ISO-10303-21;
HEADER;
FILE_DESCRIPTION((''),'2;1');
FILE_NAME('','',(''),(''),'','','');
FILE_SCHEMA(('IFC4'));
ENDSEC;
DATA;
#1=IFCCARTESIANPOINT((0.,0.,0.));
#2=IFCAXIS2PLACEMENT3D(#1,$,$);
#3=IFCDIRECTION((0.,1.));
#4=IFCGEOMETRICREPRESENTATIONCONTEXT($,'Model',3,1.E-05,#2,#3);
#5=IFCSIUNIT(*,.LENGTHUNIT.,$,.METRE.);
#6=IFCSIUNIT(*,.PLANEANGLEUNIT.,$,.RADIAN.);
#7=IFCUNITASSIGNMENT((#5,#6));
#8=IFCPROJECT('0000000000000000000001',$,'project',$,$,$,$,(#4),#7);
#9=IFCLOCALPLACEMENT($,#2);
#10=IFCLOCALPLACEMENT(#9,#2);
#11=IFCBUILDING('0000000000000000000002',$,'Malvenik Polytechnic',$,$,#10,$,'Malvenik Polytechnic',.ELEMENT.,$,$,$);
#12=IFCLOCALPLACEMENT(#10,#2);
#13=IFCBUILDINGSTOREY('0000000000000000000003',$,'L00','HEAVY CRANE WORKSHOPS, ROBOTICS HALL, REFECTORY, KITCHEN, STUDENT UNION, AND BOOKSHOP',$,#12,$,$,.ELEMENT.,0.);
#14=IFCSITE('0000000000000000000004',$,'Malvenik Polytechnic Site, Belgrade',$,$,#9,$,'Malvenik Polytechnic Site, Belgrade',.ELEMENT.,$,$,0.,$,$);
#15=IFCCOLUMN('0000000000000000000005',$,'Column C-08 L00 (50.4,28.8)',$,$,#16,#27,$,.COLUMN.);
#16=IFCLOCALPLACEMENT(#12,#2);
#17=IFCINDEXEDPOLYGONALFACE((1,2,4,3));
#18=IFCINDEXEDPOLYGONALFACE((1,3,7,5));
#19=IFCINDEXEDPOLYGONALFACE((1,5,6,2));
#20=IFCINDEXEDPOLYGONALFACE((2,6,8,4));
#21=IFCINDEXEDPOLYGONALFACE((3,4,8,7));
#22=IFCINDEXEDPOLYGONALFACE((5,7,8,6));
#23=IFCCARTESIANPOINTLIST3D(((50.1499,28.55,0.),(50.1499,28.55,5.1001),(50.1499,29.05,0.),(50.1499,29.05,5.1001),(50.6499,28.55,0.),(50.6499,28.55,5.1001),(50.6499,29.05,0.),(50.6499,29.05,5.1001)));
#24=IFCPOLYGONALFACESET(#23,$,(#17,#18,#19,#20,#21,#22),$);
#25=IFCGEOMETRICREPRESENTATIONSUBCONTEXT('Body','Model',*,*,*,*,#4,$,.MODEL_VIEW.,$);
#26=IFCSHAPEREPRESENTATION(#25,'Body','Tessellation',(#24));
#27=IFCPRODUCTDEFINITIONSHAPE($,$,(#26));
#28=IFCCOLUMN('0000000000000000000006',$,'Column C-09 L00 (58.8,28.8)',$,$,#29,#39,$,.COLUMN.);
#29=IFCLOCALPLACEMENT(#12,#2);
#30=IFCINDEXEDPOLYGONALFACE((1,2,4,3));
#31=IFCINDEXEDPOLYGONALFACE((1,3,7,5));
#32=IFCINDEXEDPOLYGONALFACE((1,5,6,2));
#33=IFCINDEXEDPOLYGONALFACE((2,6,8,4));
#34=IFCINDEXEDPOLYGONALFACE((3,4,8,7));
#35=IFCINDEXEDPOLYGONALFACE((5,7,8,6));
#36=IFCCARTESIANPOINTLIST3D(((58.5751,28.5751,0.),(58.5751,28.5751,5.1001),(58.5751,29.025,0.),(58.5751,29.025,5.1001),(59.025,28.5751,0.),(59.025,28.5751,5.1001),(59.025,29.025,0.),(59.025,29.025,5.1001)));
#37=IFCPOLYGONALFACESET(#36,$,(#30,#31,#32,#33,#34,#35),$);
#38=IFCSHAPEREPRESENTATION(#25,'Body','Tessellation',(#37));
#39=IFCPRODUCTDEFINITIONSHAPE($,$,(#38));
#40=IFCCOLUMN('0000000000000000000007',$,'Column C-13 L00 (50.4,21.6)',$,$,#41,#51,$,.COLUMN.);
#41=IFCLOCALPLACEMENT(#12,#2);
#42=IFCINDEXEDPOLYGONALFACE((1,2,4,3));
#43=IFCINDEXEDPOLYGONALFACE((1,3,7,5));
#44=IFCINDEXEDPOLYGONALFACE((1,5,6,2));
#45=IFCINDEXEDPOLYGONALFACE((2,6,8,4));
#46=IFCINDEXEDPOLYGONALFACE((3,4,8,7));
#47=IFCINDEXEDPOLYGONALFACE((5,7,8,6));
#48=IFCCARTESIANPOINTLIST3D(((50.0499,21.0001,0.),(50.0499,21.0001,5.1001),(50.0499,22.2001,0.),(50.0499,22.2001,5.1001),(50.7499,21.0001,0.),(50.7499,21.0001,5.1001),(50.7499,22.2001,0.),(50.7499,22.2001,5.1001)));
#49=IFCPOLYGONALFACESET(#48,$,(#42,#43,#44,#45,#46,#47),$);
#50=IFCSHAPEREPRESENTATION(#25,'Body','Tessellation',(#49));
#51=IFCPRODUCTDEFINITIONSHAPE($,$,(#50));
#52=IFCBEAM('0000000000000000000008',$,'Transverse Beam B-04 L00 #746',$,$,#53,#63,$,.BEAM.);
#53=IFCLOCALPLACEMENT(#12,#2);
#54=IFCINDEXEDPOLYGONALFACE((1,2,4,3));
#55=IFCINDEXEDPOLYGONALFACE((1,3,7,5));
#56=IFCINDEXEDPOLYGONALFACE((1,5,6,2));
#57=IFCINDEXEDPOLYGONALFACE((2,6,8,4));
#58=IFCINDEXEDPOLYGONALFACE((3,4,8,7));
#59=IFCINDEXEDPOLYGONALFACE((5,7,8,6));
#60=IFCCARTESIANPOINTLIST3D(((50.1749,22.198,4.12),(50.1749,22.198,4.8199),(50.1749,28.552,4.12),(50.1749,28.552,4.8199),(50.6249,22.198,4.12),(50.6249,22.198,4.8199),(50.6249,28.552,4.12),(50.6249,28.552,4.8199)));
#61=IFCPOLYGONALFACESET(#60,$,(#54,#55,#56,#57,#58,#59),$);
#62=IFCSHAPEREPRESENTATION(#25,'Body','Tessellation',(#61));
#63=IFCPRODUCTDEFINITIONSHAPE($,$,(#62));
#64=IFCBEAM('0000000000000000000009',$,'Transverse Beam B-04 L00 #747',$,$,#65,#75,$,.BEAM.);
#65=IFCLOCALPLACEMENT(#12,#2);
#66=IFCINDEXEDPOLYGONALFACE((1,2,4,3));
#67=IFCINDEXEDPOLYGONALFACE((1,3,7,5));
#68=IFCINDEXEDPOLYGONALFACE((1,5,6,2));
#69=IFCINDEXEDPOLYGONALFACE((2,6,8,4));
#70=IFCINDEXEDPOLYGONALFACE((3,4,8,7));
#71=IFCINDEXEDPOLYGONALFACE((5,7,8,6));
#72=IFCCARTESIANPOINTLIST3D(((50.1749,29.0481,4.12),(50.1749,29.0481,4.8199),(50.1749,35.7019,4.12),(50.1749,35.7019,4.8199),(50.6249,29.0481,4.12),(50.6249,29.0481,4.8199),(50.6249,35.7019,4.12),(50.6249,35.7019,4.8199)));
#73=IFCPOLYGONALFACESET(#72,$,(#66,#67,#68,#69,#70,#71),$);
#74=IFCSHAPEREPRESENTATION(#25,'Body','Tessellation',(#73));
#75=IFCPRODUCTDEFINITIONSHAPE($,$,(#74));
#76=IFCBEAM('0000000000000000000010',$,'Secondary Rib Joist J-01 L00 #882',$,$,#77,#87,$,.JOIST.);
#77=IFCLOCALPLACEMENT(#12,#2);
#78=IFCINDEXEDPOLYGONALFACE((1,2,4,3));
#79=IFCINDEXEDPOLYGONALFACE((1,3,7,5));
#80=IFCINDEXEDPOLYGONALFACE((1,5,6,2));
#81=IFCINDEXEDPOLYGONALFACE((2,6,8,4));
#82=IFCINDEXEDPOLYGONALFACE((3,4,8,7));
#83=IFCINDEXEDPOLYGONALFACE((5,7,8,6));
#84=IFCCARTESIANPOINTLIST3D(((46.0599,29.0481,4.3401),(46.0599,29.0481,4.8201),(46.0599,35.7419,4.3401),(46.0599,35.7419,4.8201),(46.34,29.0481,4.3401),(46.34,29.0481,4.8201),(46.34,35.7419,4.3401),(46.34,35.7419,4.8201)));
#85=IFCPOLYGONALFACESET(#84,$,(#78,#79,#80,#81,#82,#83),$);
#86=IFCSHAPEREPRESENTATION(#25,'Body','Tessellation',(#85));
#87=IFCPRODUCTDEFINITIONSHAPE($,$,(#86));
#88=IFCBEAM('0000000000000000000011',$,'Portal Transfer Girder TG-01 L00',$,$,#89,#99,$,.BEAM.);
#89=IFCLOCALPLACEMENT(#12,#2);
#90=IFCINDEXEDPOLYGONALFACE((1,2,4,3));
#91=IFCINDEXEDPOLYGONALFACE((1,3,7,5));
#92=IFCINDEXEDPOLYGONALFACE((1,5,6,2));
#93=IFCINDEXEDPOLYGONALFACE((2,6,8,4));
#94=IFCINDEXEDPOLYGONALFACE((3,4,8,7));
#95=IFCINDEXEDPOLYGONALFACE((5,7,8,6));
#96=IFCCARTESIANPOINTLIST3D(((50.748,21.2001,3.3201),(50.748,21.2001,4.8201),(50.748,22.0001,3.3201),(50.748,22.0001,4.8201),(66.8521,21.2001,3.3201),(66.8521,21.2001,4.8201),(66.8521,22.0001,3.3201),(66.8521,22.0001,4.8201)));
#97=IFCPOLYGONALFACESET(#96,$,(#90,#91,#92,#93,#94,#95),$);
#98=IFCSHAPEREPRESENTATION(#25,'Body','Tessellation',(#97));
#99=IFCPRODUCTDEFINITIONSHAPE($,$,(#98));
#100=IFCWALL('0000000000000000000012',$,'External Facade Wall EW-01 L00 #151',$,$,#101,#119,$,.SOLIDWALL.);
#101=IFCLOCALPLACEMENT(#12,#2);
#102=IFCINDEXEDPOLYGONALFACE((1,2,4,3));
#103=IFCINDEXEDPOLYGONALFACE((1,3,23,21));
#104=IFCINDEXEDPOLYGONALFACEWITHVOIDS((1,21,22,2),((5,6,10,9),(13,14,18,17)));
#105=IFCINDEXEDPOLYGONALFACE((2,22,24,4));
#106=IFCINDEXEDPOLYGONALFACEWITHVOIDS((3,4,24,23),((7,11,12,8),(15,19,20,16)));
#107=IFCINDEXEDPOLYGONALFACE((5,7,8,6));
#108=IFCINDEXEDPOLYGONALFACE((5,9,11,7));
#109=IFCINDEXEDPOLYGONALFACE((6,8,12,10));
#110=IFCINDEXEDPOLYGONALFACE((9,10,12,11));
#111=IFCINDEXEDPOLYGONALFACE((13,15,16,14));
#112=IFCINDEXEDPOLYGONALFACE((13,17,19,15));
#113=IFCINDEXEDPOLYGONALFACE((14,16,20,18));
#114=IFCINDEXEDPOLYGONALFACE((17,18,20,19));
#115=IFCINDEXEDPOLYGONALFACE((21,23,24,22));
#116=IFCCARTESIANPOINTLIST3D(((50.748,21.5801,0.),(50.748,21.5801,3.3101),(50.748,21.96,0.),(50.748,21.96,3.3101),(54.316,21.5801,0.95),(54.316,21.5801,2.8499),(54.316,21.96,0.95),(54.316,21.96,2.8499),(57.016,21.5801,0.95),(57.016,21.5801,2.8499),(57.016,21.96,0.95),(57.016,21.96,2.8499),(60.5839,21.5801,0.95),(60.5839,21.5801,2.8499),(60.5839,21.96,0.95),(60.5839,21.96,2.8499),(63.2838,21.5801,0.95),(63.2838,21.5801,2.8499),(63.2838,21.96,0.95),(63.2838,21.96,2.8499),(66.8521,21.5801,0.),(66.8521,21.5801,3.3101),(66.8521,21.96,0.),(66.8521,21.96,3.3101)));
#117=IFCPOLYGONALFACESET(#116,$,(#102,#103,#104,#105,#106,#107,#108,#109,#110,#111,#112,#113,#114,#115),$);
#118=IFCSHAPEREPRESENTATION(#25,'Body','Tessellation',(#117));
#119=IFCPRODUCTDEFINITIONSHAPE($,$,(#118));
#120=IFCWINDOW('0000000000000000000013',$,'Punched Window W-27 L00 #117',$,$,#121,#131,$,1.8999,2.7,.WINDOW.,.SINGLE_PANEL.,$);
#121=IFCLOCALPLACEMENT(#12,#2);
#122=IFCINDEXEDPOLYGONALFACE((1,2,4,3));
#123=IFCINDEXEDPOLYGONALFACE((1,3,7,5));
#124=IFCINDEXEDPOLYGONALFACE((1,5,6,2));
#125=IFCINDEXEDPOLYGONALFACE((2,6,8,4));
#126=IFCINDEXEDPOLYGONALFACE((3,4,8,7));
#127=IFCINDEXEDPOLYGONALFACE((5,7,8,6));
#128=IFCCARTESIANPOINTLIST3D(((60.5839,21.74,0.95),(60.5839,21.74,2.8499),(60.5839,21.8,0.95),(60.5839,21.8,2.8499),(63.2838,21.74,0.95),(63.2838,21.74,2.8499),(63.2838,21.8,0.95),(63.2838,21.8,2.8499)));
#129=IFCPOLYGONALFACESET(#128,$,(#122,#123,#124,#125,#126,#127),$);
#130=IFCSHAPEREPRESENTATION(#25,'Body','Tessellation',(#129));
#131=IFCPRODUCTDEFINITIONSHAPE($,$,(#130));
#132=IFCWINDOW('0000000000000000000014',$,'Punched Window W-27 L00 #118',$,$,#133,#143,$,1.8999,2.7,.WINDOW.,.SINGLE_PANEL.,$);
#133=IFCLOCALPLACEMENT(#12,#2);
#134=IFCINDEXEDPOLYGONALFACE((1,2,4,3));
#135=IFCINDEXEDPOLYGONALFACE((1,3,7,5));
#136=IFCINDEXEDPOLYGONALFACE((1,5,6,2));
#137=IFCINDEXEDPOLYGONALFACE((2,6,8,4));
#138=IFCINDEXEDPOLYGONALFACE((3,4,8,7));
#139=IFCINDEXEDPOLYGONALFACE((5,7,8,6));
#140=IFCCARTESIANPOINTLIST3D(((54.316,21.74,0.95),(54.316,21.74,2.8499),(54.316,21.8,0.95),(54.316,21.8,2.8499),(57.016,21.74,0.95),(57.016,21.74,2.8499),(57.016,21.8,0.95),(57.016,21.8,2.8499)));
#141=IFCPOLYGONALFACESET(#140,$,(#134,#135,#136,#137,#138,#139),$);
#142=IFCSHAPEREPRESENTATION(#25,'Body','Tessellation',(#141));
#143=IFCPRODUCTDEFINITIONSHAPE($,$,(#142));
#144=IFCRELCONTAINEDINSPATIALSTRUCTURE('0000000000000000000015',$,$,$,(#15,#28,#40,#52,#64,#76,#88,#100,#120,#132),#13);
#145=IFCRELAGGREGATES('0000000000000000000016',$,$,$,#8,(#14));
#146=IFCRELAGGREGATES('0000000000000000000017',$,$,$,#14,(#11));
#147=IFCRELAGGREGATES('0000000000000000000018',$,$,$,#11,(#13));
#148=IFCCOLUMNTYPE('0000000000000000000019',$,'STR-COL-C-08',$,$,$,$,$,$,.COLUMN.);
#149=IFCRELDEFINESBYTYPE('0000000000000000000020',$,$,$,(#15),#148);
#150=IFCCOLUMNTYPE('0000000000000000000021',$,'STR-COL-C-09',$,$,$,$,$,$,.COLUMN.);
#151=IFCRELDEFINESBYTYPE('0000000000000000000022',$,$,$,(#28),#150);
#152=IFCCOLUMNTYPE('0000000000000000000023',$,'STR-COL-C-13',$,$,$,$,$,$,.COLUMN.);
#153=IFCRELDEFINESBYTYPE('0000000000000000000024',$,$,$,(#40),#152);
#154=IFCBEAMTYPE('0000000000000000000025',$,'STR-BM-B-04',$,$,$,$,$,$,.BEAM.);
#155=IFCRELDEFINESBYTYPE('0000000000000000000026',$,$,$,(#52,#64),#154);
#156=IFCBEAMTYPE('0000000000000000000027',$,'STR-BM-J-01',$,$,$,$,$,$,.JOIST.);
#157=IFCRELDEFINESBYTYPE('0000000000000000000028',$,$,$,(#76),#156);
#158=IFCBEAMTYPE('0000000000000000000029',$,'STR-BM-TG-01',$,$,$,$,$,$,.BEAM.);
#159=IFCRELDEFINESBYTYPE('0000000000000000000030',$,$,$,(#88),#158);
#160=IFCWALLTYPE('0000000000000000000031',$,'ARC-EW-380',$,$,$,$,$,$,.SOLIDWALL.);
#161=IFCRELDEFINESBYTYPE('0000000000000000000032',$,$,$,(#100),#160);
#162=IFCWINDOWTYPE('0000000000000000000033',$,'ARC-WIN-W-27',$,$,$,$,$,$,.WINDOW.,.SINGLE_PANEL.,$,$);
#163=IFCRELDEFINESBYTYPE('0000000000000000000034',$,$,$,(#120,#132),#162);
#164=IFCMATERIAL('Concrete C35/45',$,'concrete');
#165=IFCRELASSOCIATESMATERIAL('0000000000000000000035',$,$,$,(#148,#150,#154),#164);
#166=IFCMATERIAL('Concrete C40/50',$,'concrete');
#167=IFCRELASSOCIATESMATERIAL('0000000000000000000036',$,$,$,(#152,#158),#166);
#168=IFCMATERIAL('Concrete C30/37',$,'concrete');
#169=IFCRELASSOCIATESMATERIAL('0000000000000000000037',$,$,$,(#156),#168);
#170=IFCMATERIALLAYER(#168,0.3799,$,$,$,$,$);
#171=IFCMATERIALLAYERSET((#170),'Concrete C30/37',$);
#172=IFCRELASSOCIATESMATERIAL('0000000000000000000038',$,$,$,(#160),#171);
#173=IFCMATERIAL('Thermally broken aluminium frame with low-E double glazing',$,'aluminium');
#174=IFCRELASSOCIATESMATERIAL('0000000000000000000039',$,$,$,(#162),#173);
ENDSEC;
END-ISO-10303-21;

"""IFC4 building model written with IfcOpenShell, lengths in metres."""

from ifc_helpers import new_model, si_unit, direction, frame, frame_2d, origin, origin_2d, place, context, subcontext, project, spatial, rectangle, extrude, material, layer, layer_set, material_profile, profile_set, type_object, element, fill, save


model = new_model("IFC4")

# Units and contexts
model_context = context("Model", 3, precision=1e-05, world=origin(), true_north=direction((0.0, 1.0)))
body_context = subcontext(model_context, "Body", "Model", "MODEL_VIEW")
ifc_project = project(units=[si_unit("LENGTHUNIT", "METRE"), si_unit("PLANEANGLEUNIT", "RADIAN")], contexts=[model_context])

# Site, building, storey
site_placement = place(None, origin())
site = spatial("IfcSite", under=ifc_project, at=site_placement, Name="Malvenik Polytechnic Site, Belgrade", LongName="Malvenik Polytechnic Site, Belgrade", CompositionType="ELEMENT", RefElevation=0.0)
building_placement = place(site_placement, origin())
building = spatial("IfcBuilding", under=site, at=building_placement, Name="Malvenik Polytechnic", LongName="Malvenik Polytechnic", CompositionType="ELEMENT")
storey_placement = place(building_placement, origin())
storey = spatial("IfcBuildingStorey", under=building, at=storey_placement, Name="L00", Description="HEAVY CRANE WORKSHOPS, ROBOTICS HALL, REFECTORY, KITCHEN, STUDENT UNION, AND BOOKSHOP", CompositionType="ELEMENT", Elevation=0.0)

# Columns
ifc_material_1 = material(Name="Concrete C35/45", Category="concrete")
ifc_material_profile_1 = material_profile(ifc_material_1, rectangle(XDim=0.5, YDim=0.5, at=origin_2d()), Name="RC COL 500x500")
ifc_profile_set_1 = profile_set([ifc_material_profile_1], Name="Concrete C35/45")
column_type_1 = type_object("IfcColumnType", Name="STR-COL-C-08", PredefinedType="COLUMN", material=ifc_profile_set_1)
column_1_placement = place(storey_placement, frame((50.3999, 28.8, 0.0), z_axis=(0.0, 0.0, 1.0), x_axis=(1.0, 0.0, 0.0)))
element("IfcColumn", 1, at=column_1_placement, inside=storey, type_object=column_type_1, Name="Column C-08 L00 (50.4,28.8)", PredefinedType="COLUMN", context=body_context, shape_type="SweptSolid", body=[
    extrude(rectangle(XDim=0.5, YDim=0.5, at=origin_2d()), origin(), (0.0, 0.0, 1.0), 5.1001),
])
ifc_material_profile_2 = material_profile(ifc_material_1, rectangle(XDim=0.45, YDim=0.45, at=origin_2d()), Name="RC COL 450x450")
ifc_profile_set_2 = profile_set([ifc_material_profile_2], Name="Concrete C35/45")
column_type_2 = type_object("IfcColumnType", Name="STR-COL-C-09", PredefinedType="COLUMN", material=ifc_profile_set_2)
column_2_placement = place(storey_placement, frame((58.8, 28.8, 0.0), z_axis=(0.0, 0.0, 1.0), x_axis=(1.0, 0.0, 0.0)))
element("IfcColumn", 2, at=column_2_placement, inside=storey, type_object=column_type_2, Name="Column C-09 L00 (58.8,28.8)", PredefinedType="COLUMN", context=body_context, shape_type="SweptSolid", body=[
    extrude(rectangle(XDim=0.45, YDim=0.45, at=origin_2d()), origin(), (0.0, 0.0, 1.0), 5.1001),
])
ifc_material_2 = material(Name="Concrete C40/50", Category="concrete")
ifc_material_profile_3 = material_profile(ifc_material_2, rectangle(XDim=0.7, YDim=1.2, at=origin_2d()), Name="RC COL 1200x700")
ifc_profile_set_3 = profile_set([ifc_material_profile_3], Name="Concrete C40/50")
column_type_3 = type_object("IfcColumnType", Name="STR-COL-C-13", PredefinedType="COLUMN", material=ifc_profile_set_3)
column_3_placement = place(storey_placement, frame((50.3999, 21.6001, 0.0), z_axis=(0.0, 0.0, 1.0), x_axis=(1.0, 0.0, 0.0)))
element("IfcColumn", 3, at=column_3_placement, inside=storey, type_object=column_type_3, Name="Column C-13 L00 (50.4,21.6)", PredefinedType="COLUMN", context=body_context, shape_type="SweptSolid", body=[
    extrude(rectangle(XDim=0.7, YDim=1.2, at=origin_2d()), origin(), (0.0, 0.0, 1.0), 5.1001),
])

# Beams
ifc_material_profile_4 = material_profile(ifc_material_1, rectangle(XDim=0.45, YDim=0.7, at=origin_2d()), Name="RC BM 450x700")
ifc_profile_set_4 = profile_set([ifc_material_profile_4], Name="Concrete C35/45")
beam_type_1 = type_object("IfcBeamType", Name="STR-BM-B-04", PredefinedType="BEAM", material=ifc_profile_set_4)
beam_1_placement = place(storey_placement, frame((50.3999, 22.198, 4.47), z_axis=(0.0, 1.0, 0.0), x_axis=(-1.0, 0.0, 0.0)))
element("IfcBeam", 4, at=beam_1_placement, inside=storey, type_object=beam_type_1, Name="Transverse Beam B-04 L00 #746", PredefinedType="BEAM", context=body_context, shape_type="SweptSolid", body=[
    extrude(rectangle(XDim=0.45, YDim=0.7, at=origin_2d()), origin(), (0.0, 0.0, 1.0), 6.354),
])
beam_2_placement = place(storey_placement, frame((50.3999, 29.0481, 4.47), z_axis=(0.0, 1.0, 0.0), x_axis=(-1.0, 0.0, 0.0)))
element("IfcBeam", 5, at=beam_2_placement, inside=storey, type_object=beam_type_1, Name="Transverse Beam B-04 L00 #747", PredefinedType="BEAM", context=body_context, shape_type="SweptSolid", body=[
    extrude(rectangle(XDim=0.45, YDim=0.7, at=origin_2d()), origin(), (0.0, 0.0, 1.0), 6.6538),
])
ifc_material_3 = material(Name="Concrete C30/37", Category="concrete")
ifc_material_profile_5 = material_profile(ifc_material_3, rectangle(XDim=0.28, YDim=0.48, at=origin_2d()), Name="RC JST 280x480")
ifc_profile_set_5 = profile_set([ifc_material_profile_5], Name="Concrete C30/37")
beam_type_2 = type_object("IfcBeamType", Name="STR-BM-J-01", PredefinedType="JOIST", material=ifc_profile_set_5)
beam_3_placement = place(storey_placement, frame((46.2, 29.0481, 4.5801), z_axis=(0.0, 1.0, 0.0), x_axis=(-1.0, 0.0, 0.0)))
element("IfcBeam", 6, at=beam_3_placement, inside=storey, type_object=beam_type_2, Name="Secondary Rib Joist J-01 L00 #882", PredefinedType="JOIST", context=body_context, shape_type="SweptSolid", body=[
    extrude(rectangle(XDim=0.28, YDim=0.48, at=origin_2d()), origin(), (0.0, 0.0, 1.0), 6.6938),
])
ifc_material_profile_6 = material_profile(ifc_material_2, rectangle(XDim=0.8, YDim=1.5, at=origin_2d()), Name="RC TG 800x1500")
ifc_profile_set_6 = profile_set([ifc_material_profile_6], Name="Concrete C40/50")
beam_type_3 = type_object("IfcBeamType", Name="STR-BM-TG-01", PredefinedType="BEAM", material=ifc_profile_set_6)
beam_4_placement = place(storey_placement, frame((50.748, 21.6001, 4.0701), z_axis=(1.0, 0.0, 0.0), x_axis=(0.0, 1.0, 0.0)))
element("IfcBeam", 7, at=beam_4_placement, inside=storey, type_object=beam_type_3, Name="Portal Transfer Girder TG-01 L00", PredefinedType="BEAM", context=body_context, shape_type="SweptSolid", body=[
    extrude(rectangle(XDim=0.8, YDim=1.5, at=origin_2d()), origin(), (0.0, 0.0, 1.0), 16.104),
])

# Shared definitions
ifc_layer_1 = layer(ifc_material_3, 0.3799)
ifc_layer_set_1 = layer_set([ifc_layer_1], Name="Concrete C30/37")
wall_type = type_object("IfcWallType", Name="ARC-EW-380", PredefinedType="SOLIDWALL", material=ifc_layer_set_1)

# Wall, openings, windows
wall_1_placement = place(storey_placement, frame((66.8521, 21.77, 0.0), z_axis=(0.0, 0.0, 1.0), x_axis=(-1.0, 0.0, 0.0)))
wall_1 = element("IfcWall", 8, at=wall_1_placement, inside=storey, type_object=wall_type, Name="External Facade Wall EW-01 L00 #151", PredefinedType="SOLIDWALL", context=body_context, shape_type="SweptSolid", body=[
    extrude(rectangle(XDim=16.104, YDim=0.3799, at=frame_2d((8.052, 0.0))), origin(), (0.0, 0.0, 1.0), 3.3101),
])
opening_1_placement = place(wall_1_placement, frame((3.5681, 0.0, 0.95)))
opening_1 = element("IfcOpeningElement", 9, at=opening_1_placement, cuts=wall_1, PredefinedType="OPENING", context=body_context, shape_type="SweptSolid", body=[
    extrude(rectangle(XDim=2.7, YDim=1.8999, at=frame_2d((1.3501, 0.95))), frame((0.0, 0.2, 0.0), z_axis=(0.0, -1.0, 0.0), x_axis=(1.0, 0.0, 0.0)), (0.0, 0.0, 1.0), 0.3999),
])
opening_2_placement = place(wall_1_placement, frame((9.8359, 0.0, 0.95)))
opening_2 = element("IfcOpeningElement", 10, at=opening_2_placement, cuts=wall_1, PredefinedType="OPENING", context=body_context, shape_type="SweptSolid", body=[
    extrude(rectangle(XDim=2.7, YDim=1.8999, at=frame_2d((1.3501, 0.95))), frame((0.0, 0.2, 0.0), z_axis=(0.0, -1.0, 0.0), x_axis=(1.0, 0.0, 0.0)), (0.0, 0.0, 1.0), 0.3999),
])
ifc_material_4 = material(Name="Thermally broken aluminium frame with low-E double glazing", Category="aluminium")
window_type = type_object("IfcWindowType", Name="ARC-WIN-W-27", PartitioningType="SINGLE_PANEL", PredefinedType="WINDOW", material=ifc_material_4)
window_1_placement = place(opening_1_placement, origin())
window_1 = element("IfcWindow", 11, at=window_1_placement, inside=storey, type_object=window_type, Name="Punched Window W-27 L00 #117", OverallHeight=1.8999, OverallWidth=2.7, PartitioningType="SINGLE_PANEL", PredefinedType="WINDOW", context=body_context, shape_type="SweptSolid", body=[
    extrude(rectangle(XDim=2.7, YDim=1.8999, at=frame_2d((1.3501, 0.95))), frame((0.0, 0.03, 0.0), z_axis=(0.0, -1.0, 0.0), x_axis=(1.0, 0.0, 0.0)), (0.0, 0.0, 1.0), 0.0601),
])
fill(opening_1, window_1)
window_2_placement = place(opening_2_placement, origin())
window_2 = element("IfcWindow", 12, at=window_2_placement, inside=storey, type_object=window_type, Name="Punched Window W-27 L00 #118", OverallHeight=1.8999, OverallWidth=2.7, PartitioningType="SINGLE_PANEL", PredefinedType="WINDOW", context=body_context, shape_type="SweptSolid", body=[
    extrude(rectangle(XDim=2.7, YDim=1.8999, at=frame_2d((1.3501, 0.95))), frame((0.0, 0.03, 0.0), z_axis=(0.0, -1.0, 0.0), x_axis=(1.0, 0.0, 0.0)), (0.0, 0.0, 1.0), 0.0601),
])
fill(opening_2, window_2)

save(model, "model.ifc")
